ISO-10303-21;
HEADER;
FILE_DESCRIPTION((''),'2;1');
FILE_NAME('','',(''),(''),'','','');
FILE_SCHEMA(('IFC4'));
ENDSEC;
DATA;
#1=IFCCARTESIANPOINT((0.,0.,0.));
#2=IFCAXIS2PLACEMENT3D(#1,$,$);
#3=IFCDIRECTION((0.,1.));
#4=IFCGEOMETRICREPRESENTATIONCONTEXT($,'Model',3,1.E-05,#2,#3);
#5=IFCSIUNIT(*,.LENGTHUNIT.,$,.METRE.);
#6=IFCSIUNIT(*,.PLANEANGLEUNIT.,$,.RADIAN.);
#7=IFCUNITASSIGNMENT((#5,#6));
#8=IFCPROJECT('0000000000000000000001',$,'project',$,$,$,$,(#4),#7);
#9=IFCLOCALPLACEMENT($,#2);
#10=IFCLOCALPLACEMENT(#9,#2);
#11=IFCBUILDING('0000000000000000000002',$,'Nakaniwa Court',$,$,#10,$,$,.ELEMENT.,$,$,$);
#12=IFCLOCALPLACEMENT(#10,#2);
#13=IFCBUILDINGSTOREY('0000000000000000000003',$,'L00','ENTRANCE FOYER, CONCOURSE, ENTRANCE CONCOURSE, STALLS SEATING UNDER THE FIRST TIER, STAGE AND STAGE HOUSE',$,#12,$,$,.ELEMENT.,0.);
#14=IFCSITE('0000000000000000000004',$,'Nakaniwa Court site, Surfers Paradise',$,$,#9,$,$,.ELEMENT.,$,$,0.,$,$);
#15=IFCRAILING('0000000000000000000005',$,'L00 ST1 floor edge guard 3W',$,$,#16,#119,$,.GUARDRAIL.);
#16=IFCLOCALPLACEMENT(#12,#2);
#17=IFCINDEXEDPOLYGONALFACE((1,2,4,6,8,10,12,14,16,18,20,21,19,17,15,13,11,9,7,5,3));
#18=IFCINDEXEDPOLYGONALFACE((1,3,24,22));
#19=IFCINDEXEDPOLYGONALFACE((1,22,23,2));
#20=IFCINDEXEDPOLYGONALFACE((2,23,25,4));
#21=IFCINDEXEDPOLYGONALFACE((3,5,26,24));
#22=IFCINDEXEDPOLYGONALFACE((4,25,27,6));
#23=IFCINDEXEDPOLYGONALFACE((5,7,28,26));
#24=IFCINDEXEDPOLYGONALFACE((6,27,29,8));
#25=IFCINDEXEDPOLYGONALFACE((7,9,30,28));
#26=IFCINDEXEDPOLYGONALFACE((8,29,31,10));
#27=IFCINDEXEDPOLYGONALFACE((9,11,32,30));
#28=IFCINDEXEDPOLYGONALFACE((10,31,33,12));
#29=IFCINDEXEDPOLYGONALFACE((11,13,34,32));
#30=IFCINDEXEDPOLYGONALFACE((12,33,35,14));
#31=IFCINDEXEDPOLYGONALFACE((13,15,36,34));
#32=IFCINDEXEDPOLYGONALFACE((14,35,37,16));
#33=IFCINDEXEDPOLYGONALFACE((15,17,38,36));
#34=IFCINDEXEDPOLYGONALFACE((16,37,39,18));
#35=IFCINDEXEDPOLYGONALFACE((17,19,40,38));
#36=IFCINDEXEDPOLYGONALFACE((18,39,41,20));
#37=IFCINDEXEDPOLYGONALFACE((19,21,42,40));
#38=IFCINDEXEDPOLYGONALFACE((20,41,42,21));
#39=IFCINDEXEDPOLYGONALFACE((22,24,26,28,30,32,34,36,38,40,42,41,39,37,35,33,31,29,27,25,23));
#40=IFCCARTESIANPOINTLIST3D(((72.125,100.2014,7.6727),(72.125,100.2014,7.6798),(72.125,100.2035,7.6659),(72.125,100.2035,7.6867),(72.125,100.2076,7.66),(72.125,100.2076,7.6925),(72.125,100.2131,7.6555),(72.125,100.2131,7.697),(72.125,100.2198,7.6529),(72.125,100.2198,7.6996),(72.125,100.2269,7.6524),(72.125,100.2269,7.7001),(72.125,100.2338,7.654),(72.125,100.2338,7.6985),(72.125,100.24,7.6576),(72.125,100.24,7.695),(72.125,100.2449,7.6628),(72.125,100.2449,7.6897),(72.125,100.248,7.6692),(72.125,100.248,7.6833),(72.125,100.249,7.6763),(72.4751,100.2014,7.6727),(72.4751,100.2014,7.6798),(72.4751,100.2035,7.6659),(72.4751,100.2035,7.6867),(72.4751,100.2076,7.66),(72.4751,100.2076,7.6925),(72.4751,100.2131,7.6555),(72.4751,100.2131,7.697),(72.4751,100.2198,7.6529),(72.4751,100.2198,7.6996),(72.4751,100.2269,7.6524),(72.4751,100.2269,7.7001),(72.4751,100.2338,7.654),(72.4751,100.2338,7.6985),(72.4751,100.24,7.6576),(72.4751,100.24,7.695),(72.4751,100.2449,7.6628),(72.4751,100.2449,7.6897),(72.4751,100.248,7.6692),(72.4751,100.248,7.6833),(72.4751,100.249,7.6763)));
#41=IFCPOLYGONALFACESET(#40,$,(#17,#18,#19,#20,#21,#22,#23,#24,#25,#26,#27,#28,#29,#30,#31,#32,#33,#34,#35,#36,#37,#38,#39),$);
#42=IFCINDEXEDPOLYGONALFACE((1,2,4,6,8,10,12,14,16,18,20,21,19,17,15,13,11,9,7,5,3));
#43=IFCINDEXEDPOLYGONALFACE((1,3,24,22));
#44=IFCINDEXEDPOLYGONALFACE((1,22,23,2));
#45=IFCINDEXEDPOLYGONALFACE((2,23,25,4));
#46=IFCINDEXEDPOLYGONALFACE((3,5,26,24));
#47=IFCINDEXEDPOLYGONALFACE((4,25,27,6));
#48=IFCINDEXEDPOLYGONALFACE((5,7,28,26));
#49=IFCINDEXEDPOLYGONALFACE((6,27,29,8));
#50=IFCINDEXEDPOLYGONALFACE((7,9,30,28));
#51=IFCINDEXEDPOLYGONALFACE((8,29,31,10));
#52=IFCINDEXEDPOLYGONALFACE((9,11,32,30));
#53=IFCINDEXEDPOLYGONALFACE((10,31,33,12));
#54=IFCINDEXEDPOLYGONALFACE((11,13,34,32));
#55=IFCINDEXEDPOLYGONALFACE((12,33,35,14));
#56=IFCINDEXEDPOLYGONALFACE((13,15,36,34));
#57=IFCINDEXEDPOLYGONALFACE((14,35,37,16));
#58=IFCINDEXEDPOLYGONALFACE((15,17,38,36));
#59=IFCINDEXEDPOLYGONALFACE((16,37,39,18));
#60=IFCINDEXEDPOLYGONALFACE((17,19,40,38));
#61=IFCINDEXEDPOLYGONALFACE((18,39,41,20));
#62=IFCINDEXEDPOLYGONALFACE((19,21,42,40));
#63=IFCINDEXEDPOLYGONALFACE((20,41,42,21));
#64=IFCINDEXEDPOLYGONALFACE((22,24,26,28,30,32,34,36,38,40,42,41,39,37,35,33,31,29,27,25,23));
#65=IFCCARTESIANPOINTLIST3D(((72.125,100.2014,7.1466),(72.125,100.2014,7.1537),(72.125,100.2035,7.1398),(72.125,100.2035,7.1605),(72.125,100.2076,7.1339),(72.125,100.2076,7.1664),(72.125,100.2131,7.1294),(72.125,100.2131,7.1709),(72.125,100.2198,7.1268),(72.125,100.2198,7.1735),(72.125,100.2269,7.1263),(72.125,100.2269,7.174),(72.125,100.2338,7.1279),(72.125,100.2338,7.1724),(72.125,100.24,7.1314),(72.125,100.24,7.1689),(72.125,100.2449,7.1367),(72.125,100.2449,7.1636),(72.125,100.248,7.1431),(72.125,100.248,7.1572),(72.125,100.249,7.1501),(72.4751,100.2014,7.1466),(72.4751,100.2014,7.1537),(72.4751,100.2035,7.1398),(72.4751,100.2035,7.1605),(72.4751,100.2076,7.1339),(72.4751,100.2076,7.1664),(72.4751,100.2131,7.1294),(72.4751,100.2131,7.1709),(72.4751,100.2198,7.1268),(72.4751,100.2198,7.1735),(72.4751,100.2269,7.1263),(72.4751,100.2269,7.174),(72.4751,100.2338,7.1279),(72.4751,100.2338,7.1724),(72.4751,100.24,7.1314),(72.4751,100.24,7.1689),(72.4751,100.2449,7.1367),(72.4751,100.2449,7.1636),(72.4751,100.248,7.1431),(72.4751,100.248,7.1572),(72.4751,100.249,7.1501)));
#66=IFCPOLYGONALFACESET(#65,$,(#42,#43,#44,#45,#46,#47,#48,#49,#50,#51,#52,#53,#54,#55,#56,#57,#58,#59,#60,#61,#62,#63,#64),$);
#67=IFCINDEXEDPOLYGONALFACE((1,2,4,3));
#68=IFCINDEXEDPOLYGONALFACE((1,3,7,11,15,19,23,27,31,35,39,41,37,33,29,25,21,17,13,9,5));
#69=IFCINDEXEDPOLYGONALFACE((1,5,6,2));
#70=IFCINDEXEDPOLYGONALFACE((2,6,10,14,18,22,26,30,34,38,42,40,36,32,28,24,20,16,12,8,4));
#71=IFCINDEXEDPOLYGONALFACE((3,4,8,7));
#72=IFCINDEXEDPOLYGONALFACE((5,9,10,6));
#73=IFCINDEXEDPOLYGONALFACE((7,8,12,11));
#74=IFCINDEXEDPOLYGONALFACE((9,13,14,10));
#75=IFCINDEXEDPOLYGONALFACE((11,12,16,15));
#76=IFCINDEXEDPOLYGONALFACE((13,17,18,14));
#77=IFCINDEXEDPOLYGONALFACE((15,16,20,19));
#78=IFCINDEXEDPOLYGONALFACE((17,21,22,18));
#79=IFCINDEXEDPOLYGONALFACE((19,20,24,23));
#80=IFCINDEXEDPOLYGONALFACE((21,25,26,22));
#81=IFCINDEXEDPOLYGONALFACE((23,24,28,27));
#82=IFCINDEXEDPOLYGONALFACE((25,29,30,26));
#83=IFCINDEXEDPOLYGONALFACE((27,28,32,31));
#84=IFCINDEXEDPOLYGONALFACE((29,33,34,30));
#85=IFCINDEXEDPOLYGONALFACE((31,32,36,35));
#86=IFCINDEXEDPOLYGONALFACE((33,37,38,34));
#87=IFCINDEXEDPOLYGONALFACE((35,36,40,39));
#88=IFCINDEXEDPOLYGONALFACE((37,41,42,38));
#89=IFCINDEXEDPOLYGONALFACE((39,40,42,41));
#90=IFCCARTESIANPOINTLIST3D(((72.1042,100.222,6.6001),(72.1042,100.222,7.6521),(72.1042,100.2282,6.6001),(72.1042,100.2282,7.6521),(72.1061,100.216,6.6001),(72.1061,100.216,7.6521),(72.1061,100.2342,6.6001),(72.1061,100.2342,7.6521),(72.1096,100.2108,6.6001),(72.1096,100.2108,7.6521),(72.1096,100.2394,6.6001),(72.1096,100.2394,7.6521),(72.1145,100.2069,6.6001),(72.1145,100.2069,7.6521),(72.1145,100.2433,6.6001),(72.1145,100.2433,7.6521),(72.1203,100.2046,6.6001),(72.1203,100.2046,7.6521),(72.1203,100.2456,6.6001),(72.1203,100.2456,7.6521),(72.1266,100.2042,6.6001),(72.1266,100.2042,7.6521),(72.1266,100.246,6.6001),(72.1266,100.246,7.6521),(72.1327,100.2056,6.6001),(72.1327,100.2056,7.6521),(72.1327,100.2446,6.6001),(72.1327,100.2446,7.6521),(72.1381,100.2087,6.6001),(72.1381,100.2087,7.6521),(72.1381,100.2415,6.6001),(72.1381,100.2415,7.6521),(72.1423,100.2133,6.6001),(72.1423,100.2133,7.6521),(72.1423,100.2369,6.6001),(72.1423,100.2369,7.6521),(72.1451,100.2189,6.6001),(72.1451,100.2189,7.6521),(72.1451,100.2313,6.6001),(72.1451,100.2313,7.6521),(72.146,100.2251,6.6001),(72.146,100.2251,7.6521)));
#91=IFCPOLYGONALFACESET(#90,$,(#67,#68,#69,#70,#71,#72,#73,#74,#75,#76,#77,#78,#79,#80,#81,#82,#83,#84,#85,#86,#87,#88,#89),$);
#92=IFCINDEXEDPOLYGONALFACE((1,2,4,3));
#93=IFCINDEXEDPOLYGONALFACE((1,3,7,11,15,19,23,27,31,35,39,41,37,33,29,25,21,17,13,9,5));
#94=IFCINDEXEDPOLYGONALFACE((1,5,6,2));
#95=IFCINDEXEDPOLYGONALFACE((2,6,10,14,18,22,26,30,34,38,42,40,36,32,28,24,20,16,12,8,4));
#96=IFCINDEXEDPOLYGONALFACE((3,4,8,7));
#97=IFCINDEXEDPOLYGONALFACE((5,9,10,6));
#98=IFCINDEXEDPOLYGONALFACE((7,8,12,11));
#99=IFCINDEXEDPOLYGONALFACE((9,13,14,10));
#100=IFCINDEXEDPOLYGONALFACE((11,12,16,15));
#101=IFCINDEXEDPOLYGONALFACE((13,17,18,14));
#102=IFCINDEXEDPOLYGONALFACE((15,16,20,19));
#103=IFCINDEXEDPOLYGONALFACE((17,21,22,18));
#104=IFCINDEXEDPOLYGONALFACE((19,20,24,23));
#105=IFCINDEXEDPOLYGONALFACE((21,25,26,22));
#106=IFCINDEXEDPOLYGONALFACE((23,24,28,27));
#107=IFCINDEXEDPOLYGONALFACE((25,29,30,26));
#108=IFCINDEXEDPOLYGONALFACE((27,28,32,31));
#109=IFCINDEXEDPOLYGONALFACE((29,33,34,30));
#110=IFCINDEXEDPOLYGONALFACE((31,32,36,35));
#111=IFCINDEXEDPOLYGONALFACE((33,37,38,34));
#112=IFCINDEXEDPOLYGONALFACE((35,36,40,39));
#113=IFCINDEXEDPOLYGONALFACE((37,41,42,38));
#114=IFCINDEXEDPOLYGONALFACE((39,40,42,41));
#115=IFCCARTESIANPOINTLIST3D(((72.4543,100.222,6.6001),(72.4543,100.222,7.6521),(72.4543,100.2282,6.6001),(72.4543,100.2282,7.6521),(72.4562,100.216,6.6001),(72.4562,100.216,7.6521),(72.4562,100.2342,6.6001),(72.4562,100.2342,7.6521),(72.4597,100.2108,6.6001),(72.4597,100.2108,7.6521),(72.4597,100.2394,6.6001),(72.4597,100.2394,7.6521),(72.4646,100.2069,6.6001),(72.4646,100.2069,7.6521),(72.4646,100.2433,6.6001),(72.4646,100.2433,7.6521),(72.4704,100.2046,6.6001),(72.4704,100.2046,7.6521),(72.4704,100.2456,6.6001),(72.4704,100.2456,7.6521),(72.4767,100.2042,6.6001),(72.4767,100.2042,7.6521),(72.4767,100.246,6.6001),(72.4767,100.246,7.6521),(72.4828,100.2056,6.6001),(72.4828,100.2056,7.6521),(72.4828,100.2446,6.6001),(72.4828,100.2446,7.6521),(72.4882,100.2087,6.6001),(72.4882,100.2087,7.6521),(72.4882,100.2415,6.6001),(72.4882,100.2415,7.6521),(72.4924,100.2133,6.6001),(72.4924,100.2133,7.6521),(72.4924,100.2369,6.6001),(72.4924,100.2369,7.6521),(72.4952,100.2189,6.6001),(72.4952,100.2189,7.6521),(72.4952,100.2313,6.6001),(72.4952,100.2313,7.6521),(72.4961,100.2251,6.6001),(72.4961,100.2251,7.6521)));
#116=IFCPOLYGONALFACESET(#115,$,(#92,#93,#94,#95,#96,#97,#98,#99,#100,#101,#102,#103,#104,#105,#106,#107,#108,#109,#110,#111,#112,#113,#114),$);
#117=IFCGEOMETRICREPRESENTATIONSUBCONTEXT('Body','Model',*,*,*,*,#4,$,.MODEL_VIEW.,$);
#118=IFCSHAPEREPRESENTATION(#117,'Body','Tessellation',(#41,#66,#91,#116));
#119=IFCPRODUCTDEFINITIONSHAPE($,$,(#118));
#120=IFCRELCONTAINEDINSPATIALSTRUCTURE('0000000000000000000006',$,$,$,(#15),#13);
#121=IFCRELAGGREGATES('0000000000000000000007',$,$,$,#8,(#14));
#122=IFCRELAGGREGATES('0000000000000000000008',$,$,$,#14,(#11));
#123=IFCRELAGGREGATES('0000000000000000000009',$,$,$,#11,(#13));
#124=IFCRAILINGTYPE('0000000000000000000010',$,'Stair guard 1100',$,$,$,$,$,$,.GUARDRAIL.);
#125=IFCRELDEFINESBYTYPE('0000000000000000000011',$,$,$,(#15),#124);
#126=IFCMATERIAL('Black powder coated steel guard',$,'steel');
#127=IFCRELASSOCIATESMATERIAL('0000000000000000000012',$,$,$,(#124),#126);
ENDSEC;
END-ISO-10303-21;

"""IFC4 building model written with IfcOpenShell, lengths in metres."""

from ifc_helpers import new_model, si_unit, direction, frame, origin, origin_2d, place, context, subcontext, project, spatial, circle, extrude, material, type_object, element, save


model = new_model("IFC4")

# Units and contexts
model_context = context("Model", 3, precision=1e-05, world=origin(), true_north=direction((0.0, 1.0)))
body_context = subcontext(model_context, "Body", "Model", "MODEL_VIEW")
ifc_project = project(units=[si_unit("LENGTHUNIT", "METRE"), si_unit("PLANEANGLEUNIT", "RADIAN")], contexts=[model_context])

# Site, building, storey
site_placement = place(None, origin())
site = spatial("IfcSite", under=ifc_project, at=site_placement, Name="Nakaniwa Court site, Surfers Paradise", CompositionType="ELEMENT", RefElevation=0.0)
building_placement = place(site_placement, origin())
building = spatial("IfcBuilding", under=site, at=building_placement, Name="Nakaniwa Court", CompositionType="ELEMENT")
storey_placement = place(building_placement, origin())
storey = spatial("IfcBuildingStorey", under=building, at=storey_placement, Name="L00", Description="ENTRANCE FOYER, CONCOURSE, ENTRANCE CONCOURSE, STALLS SEATING UNDER THE FIRST TIER, STAGE AND STAGE HOUSE", CompositionType="ELEMENT", Elevation=0.0)

# Railing
ifc_material_1 = material(Name="Black powder coated steel guard", Category="steel")
railing_type_1 = type_object("IfcRailingType", Name="Stair guard 1100", PredefinedType="GUARDRAIL", material=ifc_material_1)
for number, where, name in (
    (1, (72.125, 100.2251, 6.6001), "L00 ST1 floor edge guard 3W"),
):
    element("IfcRailing", number, at=place(storey_placement, frame(where)), inside=storey, type_object=railing_type_1, Name=name, PredefinedType="GUARDRAIL", context=body_context, shape_type="SweptSolid", body=[
        extrude(circle(Radius=0.0239, at=origin_2d()), frame((0.0, 0.0, 1.0762), z_axis=(1.0, 0.0, 0.0), x_axis=(0.0, 1.0, 0.0)), (0.0, 0.0, 1.0), 0.3501),
        extrude(circle(Radius=0.0239, at=origin_2d()), frame((0.0, 0.0, 0.55), z_axis=(1.0, 0.0, 0.0), x_axis=(0.0, 1.0, 0.0)), (0.0, 0.0, 1.0), 0.3501),
        extrude(circle(Radius=0.021, at=origin_2d()), origin(), (0.0, 0.0, 1.0), 1.052),
        extrude(circle(Radius=0.021, at=origin_2d()), frame((0.3501, 0.0, 0.0)), (0.0, 0.0, 1.0), 1.052),
    ])

save(model, "model.ifc")
